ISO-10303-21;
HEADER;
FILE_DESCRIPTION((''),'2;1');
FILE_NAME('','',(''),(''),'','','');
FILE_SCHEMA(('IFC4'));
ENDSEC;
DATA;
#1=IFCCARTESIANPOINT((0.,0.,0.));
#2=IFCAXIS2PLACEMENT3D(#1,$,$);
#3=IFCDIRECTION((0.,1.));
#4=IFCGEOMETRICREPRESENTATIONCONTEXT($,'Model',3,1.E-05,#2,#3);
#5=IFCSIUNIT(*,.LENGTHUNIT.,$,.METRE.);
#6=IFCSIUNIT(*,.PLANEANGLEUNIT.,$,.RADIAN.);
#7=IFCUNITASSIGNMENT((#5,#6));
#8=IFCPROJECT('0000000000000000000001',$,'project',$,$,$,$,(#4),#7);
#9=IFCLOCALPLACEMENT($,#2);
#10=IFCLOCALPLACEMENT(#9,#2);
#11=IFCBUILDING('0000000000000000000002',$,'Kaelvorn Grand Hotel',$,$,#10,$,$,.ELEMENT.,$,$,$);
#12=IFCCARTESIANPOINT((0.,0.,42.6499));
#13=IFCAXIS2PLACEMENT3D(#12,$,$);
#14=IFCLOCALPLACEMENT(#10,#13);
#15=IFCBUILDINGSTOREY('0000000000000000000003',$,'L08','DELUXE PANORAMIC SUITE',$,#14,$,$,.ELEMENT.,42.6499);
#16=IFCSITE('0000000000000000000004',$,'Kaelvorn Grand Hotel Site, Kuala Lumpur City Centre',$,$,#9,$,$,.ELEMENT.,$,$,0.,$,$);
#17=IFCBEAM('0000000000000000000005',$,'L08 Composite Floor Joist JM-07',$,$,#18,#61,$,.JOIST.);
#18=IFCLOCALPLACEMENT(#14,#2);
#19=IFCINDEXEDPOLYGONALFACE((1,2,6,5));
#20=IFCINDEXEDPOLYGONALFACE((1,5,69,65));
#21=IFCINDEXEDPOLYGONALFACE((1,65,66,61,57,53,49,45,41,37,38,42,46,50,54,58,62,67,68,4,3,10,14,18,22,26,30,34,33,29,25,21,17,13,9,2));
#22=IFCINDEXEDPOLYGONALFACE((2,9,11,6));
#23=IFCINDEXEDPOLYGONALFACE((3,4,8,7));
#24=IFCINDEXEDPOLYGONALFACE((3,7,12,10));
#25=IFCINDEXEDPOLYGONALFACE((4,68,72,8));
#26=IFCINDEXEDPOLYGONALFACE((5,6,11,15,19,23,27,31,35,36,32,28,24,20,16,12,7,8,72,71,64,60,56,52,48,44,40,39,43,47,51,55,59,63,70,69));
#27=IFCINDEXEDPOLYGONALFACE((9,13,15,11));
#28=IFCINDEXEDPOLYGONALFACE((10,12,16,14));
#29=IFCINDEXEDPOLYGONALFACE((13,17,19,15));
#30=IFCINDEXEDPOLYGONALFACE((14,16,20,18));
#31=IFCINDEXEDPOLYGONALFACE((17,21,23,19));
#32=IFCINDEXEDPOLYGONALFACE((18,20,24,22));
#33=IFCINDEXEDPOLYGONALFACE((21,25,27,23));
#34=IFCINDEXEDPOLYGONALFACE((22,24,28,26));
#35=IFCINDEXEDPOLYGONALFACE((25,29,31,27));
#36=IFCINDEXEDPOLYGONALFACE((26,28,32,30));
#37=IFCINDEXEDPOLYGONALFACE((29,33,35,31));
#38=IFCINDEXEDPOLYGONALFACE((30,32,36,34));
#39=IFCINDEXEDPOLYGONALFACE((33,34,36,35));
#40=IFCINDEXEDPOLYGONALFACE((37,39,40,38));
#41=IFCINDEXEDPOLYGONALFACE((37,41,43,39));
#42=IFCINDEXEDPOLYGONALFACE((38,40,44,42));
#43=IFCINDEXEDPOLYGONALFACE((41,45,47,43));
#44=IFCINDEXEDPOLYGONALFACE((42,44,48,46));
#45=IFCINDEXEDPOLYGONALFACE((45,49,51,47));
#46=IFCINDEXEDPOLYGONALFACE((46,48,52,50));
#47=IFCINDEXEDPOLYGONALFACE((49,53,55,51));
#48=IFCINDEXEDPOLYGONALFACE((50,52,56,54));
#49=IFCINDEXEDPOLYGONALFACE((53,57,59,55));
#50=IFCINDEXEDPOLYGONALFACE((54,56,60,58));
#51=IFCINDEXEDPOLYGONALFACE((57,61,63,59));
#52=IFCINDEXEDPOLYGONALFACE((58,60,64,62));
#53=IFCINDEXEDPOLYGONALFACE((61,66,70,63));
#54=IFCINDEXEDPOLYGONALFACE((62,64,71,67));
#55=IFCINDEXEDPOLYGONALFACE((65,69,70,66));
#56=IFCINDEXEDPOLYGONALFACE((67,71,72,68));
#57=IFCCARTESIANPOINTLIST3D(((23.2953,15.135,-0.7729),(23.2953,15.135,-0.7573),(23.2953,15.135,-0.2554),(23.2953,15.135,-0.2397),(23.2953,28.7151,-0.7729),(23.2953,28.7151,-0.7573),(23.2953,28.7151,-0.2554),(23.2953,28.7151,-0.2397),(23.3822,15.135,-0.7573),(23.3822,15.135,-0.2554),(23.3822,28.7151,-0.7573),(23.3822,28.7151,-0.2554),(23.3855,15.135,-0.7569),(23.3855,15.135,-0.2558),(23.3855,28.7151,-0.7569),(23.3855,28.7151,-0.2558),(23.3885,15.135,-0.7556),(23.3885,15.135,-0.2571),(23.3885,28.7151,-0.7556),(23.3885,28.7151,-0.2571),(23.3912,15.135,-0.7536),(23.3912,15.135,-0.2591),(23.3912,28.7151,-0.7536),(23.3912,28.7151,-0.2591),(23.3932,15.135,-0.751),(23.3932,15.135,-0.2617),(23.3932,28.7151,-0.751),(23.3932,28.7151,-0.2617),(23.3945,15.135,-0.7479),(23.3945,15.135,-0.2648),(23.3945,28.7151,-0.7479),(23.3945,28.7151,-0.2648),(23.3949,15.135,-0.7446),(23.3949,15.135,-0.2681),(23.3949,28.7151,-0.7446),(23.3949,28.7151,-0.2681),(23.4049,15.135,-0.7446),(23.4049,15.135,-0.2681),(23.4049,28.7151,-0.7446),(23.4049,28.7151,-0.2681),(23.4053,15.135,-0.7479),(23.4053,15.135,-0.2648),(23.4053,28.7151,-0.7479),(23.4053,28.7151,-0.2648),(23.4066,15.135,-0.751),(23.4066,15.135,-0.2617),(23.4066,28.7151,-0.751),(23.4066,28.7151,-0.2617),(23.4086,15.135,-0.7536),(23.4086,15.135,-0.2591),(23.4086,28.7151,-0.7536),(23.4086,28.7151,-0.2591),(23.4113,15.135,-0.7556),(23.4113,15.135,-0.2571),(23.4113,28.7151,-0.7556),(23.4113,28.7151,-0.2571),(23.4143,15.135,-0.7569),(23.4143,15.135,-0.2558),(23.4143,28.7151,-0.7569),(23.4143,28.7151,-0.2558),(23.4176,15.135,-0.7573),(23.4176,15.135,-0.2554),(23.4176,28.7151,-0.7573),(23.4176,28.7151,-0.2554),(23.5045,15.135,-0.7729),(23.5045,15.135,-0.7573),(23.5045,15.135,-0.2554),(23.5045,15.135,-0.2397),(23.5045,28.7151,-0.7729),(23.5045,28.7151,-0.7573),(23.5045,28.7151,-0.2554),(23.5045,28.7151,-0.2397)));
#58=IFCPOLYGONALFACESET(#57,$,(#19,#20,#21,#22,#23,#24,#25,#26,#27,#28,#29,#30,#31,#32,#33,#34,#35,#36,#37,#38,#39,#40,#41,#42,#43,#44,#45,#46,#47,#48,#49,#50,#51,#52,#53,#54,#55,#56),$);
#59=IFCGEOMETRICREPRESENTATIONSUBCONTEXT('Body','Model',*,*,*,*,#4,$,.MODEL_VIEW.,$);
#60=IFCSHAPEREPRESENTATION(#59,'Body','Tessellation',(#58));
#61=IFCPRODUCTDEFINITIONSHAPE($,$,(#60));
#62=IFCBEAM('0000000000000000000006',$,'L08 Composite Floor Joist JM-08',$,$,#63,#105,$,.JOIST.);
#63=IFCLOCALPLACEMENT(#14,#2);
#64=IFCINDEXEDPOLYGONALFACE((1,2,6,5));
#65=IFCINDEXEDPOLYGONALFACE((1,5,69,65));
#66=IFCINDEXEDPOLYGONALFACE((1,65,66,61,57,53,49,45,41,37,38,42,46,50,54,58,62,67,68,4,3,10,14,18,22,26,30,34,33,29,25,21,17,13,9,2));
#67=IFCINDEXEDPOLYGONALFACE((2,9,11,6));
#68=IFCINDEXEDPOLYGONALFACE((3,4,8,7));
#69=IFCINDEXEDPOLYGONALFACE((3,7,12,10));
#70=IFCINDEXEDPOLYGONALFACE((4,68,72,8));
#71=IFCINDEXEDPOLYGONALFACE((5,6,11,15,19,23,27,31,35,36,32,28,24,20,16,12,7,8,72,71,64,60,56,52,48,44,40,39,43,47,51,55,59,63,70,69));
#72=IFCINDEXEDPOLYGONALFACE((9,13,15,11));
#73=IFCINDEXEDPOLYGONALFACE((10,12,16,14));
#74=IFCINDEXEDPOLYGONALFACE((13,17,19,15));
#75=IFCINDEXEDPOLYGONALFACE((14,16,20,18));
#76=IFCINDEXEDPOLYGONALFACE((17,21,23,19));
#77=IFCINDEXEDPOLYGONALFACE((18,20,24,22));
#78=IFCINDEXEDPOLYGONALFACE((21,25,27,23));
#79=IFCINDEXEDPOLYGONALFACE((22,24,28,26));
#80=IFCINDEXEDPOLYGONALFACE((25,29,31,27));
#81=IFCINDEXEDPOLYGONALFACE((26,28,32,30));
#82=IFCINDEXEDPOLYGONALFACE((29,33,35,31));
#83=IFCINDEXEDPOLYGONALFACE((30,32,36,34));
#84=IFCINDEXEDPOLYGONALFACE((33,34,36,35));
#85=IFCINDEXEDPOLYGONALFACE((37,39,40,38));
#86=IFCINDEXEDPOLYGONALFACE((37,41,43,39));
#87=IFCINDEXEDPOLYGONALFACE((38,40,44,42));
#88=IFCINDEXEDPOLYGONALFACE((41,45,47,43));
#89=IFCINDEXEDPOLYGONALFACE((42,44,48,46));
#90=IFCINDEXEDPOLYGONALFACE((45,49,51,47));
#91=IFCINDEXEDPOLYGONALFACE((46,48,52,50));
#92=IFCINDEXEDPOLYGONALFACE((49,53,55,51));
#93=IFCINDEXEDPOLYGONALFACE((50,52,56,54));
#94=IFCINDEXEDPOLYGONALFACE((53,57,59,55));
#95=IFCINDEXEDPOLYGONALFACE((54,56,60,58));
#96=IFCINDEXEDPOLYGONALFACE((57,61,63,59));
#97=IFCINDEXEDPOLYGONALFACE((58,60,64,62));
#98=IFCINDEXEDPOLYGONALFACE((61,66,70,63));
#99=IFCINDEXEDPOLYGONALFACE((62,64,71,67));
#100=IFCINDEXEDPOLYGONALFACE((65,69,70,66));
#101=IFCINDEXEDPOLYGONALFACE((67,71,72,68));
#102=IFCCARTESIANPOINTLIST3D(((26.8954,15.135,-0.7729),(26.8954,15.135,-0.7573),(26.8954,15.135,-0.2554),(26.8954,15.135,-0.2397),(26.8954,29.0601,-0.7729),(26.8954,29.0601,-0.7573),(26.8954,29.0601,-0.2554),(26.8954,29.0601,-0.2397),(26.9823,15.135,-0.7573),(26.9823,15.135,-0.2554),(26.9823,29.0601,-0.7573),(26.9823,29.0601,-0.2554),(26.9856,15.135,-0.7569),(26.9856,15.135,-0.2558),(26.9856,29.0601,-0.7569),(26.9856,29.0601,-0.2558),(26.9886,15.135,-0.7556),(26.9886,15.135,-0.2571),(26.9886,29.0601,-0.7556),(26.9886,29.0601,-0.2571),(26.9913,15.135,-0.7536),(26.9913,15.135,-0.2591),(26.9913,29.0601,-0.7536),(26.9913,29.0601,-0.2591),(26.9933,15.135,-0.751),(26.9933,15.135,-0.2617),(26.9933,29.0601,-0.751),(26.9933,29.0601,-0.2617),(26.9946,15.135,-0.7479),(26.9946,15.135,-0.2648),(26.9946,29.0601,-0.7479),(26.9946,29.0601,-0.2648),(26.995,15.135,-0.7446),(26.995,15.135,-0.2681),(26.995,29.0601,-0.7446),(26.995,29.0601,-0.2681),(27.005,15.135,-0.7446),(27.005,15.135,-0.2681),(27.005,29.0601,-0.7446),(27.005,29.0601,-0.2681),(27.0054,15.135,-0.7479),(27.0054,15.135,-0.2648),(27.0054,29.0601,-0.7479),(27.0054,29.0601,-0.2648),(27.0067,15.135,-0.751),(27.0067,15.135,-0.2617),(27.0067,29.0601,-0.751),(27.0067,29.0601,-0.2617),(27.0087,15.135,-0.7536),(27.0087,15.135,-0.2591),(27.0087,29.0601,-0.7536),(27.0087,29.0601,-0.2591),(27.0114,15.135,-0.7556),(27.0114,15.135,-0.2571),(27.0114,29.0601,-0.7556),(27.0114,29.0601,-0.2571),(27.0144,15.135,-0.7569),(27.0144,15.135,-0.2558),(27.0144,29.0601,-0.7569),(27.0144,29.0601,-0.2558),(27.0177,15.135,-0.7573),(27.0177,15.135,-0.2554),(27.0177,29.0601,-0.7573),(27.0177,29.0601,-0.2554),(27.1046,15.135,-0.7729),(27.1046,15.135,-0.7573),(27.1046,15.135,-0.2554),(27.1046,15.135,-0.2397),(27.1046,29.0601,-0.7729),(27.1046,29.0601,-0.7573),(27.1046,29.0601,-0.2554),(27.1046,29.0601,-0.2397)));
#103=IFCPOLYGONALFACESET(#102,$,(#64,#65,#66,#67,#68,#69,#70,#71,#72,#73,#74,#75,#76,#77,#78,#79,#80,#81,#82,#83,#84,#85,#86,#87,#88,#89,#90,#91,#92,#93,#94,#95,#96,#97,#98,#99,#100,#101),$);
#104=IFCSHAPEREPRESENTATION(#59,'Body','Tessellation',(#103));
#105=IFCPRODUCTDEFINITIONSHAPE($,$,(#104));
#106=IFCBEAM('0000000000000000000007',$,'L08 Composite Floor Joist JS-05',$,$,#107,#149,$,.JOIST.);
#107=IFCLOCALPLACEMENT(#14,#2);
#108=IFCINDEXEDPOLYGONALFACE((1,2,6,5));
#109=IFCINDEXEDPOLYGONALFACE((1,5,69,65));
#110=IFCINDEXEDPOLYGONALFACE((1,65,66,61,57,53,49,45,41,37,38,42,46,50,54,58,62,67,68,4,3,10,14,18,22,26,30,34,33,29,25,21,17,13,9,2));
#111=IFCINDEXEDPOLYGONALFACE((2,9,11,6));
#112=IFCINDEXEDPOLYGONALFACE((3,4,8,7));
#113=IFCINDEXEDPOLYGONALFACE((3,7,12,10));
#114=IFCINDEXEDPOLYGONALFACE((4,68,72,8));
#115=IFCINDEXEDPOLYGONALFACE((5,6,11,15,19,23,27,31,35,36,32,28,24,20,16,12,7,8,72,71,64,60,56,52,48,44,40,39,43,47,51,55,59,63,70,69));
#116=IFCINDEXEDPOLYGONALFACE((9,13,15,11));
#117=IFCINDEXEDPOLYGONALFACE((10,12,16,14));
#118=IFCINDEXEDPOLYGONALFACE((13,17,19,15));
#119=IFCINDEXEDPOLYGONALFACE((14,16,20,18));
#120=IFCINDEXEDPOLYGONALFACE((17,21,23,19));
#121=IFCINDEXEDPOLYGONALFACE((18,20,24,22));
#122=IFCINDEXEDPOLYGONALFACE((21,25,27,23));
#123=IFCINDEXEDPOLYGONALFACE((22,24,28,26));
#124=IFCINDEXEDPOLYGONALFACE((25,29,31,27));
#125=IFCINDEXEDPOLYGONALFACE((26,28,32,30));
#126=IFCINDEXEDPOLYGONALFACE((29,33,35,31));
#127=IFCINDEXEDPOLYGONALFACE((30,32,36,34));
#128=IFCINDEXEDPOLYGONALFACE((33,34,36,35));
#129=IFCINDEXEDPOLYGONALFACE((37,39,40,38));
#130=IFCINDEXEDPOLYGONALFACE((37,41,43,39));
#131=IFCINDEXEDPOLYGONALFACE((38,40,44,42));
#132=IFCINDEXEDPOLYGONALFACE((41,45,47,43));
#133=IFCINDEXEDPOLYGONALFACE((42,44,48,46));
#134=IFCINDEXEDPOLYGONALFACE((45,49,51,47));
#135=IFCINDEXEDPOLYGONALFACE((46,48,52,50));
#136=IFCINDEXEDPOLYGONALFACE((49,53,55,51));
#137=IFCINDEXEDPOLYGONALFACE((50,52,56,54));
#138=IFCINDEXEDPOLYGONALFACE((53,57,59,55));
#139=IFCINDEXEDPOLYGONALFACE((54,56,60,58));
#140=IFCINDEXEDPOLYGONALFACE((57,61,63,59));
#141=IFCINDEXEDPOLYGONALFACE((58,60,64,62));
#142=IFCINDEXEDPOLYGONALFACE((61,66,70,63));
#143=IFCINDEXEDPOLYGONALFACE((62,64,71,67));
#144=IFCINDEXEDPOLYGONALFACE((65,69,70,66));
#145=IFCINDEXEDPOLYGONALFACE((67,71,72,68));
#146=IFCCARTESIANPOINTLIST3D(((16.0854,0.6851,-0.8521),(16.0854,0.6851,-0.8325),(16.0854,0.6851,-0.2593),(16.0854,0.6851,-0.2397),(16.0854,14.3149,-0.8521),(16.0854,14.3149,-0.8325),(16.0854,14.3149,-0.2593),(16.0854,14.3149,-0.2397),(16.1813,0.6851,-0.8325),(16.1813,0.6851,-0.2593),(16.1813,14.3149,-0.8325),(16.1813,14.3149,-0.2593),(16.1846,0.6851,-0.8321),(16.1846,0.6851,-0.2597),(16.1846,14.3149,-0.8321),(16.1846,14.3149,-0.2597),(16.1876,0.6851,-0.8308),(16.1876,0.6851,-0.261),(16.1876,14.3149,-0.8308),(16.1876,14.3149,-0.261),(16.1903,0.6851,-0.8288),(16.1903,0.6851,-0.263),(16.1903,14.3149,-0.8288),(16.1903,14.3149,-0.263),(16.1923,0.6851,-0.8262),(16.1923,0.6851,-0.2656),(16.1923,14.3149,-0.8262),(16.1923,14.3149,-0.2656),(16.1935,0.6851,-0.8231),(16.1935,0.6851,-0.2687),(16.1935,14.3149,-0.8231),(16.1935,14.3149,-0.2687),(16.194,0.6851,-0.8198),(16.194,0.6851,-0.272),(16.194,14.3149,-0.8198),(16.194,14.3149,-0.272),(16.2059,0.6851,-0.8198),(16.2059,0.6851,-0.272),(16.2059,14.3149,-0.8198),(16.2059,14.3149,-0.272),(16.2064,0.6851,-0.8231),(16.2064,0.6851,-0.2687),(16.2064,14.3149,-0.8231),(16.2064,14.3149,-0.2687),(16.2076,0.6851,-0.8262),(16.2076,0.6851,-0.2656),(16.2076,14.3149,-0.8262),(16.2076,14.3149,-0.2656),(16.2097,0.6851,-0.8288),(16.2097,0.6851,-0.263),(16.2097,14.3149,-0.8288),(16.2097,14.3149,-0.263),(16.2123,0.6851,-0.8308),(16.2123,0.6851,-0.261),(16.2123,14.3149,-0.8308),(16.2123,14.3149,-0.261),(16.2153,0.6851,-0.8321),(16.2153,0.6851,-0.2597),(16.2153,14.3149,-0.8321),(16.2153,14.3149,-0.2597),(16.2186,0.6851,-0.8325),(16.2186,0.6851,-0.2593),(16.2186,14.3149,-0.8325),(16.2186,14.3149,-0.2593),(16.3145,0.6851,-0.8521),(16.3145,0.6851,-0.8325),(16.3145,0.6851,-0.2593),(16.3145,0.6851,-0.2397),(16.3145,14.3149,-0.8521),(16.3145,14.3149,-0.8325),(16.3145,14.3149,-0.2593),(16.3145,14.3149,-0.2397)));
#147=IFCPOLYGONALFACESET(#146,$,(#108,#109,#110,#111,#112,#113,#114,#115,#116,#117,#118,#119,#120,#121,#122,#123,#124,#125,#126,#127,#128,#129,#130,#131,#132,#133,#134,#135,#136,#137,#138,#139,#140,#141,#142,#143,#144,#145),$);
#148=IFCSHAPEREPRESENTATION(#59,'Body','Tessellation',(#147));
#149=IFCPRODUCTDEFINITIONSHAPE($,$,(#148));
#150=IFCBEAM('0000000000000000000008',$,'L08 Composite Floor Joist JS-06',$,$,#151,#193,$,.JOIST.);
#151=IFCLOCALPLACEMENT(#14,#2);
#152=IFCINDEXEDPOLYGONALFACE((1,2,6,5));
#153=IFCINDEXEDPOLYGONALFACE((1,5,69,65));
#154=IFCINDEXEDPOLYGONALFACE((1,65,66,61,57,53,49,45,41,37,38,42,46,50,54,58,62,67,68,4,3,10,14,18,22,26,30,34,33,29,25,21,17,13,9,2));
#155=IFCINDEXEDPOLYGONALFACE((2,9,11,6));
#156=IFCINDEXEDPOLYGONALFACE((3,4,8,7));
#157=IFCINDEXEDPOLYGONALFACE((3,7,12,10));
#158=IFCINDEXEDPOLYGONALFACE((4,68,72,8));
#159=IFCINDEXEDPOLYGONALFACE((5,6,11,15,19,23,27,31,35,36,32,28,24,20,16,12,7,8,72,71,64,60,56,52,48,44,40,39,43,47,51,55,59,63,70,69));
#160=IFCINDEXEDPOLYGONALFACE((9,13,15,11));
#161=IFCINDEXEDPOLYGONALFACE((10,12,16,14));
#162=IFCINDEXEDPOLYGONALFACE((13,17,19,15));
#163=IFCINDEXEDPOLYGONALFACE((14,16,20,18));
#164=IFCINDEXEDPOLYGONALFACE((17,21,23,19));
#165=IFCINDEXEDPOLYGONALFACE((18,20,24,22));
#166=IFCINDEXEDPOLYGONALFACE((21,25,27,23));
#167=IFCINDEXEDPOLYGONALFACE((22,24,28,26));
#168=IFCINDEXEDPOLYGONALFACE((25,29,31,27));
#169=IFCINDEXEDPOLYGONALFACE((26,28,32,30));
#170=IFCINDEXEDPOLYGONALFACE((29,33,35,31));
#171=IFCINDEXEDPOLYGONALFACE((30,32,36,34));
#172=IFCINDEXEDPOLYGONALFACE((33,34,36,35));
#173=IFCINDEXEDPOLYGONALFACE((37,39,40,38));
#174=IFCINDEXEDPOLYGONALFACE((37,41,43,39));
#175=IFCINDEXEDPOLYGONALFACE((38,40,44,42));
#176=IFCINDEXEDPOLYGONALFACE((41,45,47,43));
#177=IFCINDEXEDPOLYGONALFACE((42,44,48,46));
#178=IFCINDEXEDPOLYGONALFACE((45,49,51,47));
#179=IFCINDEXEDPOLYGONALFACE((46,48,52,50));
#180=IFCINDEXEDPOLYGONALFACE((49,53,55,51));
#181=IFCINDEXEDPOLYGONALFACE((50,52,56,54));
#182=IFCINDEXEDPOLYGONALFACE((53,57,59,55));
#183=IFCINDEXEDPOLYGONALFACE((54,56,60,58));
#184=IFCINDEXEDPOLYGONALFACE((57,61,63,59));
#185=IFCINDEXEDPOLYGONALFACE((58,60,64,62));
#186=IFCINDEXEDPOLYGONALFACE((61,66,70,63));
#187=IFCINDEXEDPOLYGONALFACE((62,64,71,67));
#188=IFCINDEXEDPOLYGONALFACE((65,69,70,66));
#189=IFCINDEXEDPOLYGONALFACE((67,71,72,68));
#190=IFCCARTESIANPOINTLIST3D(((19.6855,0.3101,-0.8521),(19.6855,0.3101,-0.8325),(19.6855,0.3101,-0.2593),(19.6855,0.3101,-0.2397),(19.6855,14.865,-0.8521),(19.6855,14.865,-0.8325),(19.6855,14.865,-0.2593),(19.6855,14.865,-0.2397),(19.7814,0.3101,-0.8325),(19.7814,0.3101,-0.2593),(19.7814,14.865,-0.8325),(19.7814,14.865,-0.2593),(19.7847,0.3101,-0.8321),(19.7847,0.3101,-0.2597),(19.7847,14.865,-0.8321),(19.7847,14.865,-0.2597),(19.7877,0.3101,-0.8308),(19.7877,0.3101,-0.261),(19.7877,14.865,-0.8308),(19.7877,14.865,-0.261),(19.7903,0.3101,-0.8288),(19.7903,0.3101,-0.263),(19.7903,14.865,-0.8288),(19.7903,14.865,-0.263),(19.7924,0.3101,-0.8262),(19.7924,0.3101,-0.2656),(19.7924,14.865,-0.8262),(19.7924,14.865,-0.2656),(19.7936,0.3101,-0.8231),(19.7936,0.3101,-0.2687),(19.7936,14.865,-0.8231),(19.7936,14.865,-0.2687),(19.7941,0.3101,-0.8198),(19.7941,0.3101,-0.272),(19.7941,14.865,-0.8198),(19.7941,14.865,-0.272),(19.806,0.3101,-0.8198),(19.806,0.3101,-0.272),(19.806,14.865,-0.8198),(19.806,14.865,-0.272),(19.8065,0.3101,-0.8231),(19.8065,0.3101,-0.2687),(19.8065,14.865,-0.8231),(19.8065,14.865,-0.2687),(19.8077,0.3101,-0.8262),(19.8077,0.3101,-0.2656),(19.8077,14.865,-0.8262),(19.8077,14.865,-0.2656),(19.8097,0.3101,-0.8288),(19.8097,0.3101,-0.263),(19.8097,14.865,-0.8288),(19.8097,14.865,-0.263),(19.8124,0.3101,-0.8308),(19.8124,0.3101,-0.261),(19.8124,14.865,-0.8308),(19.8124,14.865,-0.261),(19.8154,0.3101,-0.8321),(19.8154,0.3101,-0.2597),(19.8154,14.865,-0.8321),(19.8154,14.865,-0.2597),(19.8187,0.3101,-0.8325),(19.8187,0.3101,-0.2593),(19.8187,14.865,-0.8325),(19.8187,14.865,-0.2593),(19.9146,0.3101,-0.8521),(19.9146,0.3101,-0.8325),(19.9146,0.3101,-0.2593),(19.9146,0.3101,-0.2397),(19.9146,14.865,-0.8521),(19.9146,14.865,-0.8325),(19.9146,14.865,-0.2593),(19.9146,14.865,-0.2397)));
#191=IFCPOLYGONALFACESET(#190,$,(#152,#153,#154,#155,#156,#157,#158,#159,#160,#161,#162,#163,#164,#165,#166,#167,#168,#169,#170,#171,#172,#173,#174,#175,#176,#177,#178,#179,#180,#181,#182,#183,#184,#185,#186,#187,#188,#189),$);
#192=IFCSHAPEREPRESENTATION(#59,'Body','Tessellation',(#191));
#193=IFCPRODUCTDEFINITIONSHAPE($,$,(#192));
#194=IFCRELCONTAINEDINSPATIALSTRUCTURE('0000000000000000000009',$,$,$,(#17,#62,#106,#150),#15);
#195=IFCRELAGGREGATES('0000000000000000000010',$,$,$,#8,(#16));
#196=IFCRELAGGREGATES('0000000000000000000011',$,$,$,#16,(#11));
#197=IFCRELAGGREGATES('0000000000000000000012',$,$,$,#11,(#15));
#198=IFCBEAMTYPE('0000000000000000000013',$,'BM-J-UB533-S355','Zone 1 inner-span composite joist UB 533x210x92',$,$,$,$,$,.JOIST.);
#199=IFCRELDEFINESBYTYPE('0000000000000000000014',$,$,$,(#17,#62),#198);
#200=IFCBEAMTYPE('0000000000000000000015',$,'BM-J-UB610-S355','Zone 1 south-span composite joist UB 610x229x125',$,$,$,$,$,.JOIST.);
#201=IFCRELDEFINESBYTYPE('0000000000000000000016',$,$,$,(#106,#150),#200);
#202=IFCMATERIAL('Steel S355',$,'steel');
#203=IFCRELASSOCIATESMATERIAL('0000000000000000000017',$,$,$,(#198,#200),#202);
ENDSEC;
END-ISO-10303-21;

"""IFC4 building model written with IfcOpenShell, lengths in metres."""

from ifc_helpers import new_model, si_unit, direction, frame, origin, origin_2d, place, context, subcontext, project, spatial, i_section, extrude, material, material_profile, profile_set, type_object, element, save


model = new_model("IFC4")

# Units and contexts
model_context = context("Model", 3, precision=1e-05, world=origin(), true_north=direction((0.0, 1.0)))
body_context = subcontext(model_context, "Body", "Model", "MODEL_VIEW")
ifc_project = project(units=[si_unit("LENGTHUNIT", "METRE"), si_unit("PLANEANGLEUNIT", "RADIAN")], contexts=[model_context])

# Site, building, storey
site_placement = place(None, origin())
site = spatial("IfcSite", under=ifc_project, at=site_placement, Name="Kaelvorn Grand Hotel Site, Kuala Lumpur City Centre", CompositionType="ELEMENT", RefElevation=0.0)
building_placement = place(site_placement, origin())
building = spatial("IfcBuilding", under=site, at=building_placement, Name="Kaelvorn Grand Hotel", CompositionType="ELEMENT")
storey_placement = place(building_placement, frame((0.0, 0.0, 42.6499)))
storey = spatial("IfcBuildingStorey", under=building, at=storey_placement, Name="L08", Description="DELUXE PANORAMIC SUITE", CompositionType="ELEMENT", Elevation=42.6499)

# Beams
ifc_material_1 = material(Name="Steel S355", Category="steel")
ifc_material_profile_1 = material_profile(ifc_material_1, i_section(OverallWidth=0.2092, OverallDepth=0.5332, WebThickness=0.01, FlangeThickness=0.0156, FilletRadius=0.0127, at=origin_2d()), Name="UB 533x210x92")
ifc_profile_set_1 = profile_set([ifc_material_profile_1], Name="Steel S355")
beam_type_1 = type_object("IfcBeamType", Name="BM-J-UB533-S355", Description="Zone 1 inner-span composite joist UB 533x210x92", PredefinedType="JOIST", material=ifc_profile_set_1)
beam_1_placement = place(storey_placement, frame((23.3999, 15.135, -0.5063), z_axis=(0.0, 1.0, 0.0), x_axis=(-1.0, 0.0, 0.0)))
element("IfcBeam", 1, at=beam_1_placement, inside=storey, type_object=beam_type_1, Name="L08 Composite Floor Joist JM-07", PredefinedType="JOIST", context=body_context, shape_type="SweptSolid", body=[
    extrude(i_section(OverallWidth=0.2092, OverallDepth=0.5332, WebThickness=0.01, FlangeThickness=0.0156, FilletRadius=0.0127, at=origin_2d()), origin(), (0.0, 0.0, 1.0), 13.5801),
])
beam_2_placement = place(storey_placement, frame((27.0, 15.135, -0.5063), z_axis=(0.0, 1.0, 0.0), x_axis=(-1.0, 0.0, 0.0)))
element("IfcBeam", 2, at=beam_2_placement, inside=storey, type_object=beam_type_1, Name="L08 Composite Floor Joist JM-08", PredefinedType="JOIST", context=body_context, shape_type="SweptSolid", body=[
    extrude(i_section(OverallWidth=0.2092, OverallDepth=0.5332, WebThickness=0.01, FlangeThickness=0.0156, FilletRadius=0.0127, at=origin_2d()), origin(), (0.0, 0.0, 1.0), 13.925),
])
ifc_material_profile_2 = material_profile(ifc_material_1, i_section(OverallWidth=0.229, OverallDepth=0.6123, WebThickness=0.012, FlangeThickness=0.0195, FilletRadius=0.0127, at=origin_2d()), Name="UB 610x229x125")
ifc_profile_set_2 = profile_set([ifc_material_profile_2], Name="Steel S355")
beam_type_2 = type_object("IfcBeamType", Name="BM-J-UB610-S355", Description="Zone 1 south-span composite joist UB 610x229x125", PredefinedType="JOIST", material=ifc_profile_set_2)
beam_3_placement = place(storey_placement, frame((16.2, 0.6851, -0.5459), z_axis=(0.0, 1.0, 0.0), x_axis=(-1.0, 0.0, 0.0)))
element("IfcBeam", 3, at=beam_3_placement, inside=storey, type_object=beam_type_2, Name="L08 Composite Floor Joist JS-05", PredefinedType="JOIST", context=body_context, shape_type="SweptSolid", body=[
    extrude(i_section(OverallWidth=0.229, OverallDepth=0.6123, WebThickness=0.012, FlangeThickness=0.0195, FilletRadius=0.0127, at=origin_2d()), origin(), (0.0, 0.0, 1.0), 13.6299),
])
beam_4_placement = place(storey_placement, frame((19.8, 0.3101, -0.5459), z_axis=(0.0, 1.0, 0.0), x_axis=(-1.0, 0.0, 0.0)))
element("IfcBeam", 4, at=beam_4_placement, inside=storey, type_object=beam_type_2, Name="L08 Composite Floor Joist JS-06", PredefinedType="JOIST", context=body_context, shape_type="SweptSolid", body=[
    extrude(i_section(OverallWidth=0.229, OverallDepth=0.6123, WebThickness=0.012, FlangeThickness=0.0195, FilletRadius=0.0127, at=origin_2d()), origin(), (0.0, 0.0, 1.0), 14.5549),
])

save(model, "model.ifc")
